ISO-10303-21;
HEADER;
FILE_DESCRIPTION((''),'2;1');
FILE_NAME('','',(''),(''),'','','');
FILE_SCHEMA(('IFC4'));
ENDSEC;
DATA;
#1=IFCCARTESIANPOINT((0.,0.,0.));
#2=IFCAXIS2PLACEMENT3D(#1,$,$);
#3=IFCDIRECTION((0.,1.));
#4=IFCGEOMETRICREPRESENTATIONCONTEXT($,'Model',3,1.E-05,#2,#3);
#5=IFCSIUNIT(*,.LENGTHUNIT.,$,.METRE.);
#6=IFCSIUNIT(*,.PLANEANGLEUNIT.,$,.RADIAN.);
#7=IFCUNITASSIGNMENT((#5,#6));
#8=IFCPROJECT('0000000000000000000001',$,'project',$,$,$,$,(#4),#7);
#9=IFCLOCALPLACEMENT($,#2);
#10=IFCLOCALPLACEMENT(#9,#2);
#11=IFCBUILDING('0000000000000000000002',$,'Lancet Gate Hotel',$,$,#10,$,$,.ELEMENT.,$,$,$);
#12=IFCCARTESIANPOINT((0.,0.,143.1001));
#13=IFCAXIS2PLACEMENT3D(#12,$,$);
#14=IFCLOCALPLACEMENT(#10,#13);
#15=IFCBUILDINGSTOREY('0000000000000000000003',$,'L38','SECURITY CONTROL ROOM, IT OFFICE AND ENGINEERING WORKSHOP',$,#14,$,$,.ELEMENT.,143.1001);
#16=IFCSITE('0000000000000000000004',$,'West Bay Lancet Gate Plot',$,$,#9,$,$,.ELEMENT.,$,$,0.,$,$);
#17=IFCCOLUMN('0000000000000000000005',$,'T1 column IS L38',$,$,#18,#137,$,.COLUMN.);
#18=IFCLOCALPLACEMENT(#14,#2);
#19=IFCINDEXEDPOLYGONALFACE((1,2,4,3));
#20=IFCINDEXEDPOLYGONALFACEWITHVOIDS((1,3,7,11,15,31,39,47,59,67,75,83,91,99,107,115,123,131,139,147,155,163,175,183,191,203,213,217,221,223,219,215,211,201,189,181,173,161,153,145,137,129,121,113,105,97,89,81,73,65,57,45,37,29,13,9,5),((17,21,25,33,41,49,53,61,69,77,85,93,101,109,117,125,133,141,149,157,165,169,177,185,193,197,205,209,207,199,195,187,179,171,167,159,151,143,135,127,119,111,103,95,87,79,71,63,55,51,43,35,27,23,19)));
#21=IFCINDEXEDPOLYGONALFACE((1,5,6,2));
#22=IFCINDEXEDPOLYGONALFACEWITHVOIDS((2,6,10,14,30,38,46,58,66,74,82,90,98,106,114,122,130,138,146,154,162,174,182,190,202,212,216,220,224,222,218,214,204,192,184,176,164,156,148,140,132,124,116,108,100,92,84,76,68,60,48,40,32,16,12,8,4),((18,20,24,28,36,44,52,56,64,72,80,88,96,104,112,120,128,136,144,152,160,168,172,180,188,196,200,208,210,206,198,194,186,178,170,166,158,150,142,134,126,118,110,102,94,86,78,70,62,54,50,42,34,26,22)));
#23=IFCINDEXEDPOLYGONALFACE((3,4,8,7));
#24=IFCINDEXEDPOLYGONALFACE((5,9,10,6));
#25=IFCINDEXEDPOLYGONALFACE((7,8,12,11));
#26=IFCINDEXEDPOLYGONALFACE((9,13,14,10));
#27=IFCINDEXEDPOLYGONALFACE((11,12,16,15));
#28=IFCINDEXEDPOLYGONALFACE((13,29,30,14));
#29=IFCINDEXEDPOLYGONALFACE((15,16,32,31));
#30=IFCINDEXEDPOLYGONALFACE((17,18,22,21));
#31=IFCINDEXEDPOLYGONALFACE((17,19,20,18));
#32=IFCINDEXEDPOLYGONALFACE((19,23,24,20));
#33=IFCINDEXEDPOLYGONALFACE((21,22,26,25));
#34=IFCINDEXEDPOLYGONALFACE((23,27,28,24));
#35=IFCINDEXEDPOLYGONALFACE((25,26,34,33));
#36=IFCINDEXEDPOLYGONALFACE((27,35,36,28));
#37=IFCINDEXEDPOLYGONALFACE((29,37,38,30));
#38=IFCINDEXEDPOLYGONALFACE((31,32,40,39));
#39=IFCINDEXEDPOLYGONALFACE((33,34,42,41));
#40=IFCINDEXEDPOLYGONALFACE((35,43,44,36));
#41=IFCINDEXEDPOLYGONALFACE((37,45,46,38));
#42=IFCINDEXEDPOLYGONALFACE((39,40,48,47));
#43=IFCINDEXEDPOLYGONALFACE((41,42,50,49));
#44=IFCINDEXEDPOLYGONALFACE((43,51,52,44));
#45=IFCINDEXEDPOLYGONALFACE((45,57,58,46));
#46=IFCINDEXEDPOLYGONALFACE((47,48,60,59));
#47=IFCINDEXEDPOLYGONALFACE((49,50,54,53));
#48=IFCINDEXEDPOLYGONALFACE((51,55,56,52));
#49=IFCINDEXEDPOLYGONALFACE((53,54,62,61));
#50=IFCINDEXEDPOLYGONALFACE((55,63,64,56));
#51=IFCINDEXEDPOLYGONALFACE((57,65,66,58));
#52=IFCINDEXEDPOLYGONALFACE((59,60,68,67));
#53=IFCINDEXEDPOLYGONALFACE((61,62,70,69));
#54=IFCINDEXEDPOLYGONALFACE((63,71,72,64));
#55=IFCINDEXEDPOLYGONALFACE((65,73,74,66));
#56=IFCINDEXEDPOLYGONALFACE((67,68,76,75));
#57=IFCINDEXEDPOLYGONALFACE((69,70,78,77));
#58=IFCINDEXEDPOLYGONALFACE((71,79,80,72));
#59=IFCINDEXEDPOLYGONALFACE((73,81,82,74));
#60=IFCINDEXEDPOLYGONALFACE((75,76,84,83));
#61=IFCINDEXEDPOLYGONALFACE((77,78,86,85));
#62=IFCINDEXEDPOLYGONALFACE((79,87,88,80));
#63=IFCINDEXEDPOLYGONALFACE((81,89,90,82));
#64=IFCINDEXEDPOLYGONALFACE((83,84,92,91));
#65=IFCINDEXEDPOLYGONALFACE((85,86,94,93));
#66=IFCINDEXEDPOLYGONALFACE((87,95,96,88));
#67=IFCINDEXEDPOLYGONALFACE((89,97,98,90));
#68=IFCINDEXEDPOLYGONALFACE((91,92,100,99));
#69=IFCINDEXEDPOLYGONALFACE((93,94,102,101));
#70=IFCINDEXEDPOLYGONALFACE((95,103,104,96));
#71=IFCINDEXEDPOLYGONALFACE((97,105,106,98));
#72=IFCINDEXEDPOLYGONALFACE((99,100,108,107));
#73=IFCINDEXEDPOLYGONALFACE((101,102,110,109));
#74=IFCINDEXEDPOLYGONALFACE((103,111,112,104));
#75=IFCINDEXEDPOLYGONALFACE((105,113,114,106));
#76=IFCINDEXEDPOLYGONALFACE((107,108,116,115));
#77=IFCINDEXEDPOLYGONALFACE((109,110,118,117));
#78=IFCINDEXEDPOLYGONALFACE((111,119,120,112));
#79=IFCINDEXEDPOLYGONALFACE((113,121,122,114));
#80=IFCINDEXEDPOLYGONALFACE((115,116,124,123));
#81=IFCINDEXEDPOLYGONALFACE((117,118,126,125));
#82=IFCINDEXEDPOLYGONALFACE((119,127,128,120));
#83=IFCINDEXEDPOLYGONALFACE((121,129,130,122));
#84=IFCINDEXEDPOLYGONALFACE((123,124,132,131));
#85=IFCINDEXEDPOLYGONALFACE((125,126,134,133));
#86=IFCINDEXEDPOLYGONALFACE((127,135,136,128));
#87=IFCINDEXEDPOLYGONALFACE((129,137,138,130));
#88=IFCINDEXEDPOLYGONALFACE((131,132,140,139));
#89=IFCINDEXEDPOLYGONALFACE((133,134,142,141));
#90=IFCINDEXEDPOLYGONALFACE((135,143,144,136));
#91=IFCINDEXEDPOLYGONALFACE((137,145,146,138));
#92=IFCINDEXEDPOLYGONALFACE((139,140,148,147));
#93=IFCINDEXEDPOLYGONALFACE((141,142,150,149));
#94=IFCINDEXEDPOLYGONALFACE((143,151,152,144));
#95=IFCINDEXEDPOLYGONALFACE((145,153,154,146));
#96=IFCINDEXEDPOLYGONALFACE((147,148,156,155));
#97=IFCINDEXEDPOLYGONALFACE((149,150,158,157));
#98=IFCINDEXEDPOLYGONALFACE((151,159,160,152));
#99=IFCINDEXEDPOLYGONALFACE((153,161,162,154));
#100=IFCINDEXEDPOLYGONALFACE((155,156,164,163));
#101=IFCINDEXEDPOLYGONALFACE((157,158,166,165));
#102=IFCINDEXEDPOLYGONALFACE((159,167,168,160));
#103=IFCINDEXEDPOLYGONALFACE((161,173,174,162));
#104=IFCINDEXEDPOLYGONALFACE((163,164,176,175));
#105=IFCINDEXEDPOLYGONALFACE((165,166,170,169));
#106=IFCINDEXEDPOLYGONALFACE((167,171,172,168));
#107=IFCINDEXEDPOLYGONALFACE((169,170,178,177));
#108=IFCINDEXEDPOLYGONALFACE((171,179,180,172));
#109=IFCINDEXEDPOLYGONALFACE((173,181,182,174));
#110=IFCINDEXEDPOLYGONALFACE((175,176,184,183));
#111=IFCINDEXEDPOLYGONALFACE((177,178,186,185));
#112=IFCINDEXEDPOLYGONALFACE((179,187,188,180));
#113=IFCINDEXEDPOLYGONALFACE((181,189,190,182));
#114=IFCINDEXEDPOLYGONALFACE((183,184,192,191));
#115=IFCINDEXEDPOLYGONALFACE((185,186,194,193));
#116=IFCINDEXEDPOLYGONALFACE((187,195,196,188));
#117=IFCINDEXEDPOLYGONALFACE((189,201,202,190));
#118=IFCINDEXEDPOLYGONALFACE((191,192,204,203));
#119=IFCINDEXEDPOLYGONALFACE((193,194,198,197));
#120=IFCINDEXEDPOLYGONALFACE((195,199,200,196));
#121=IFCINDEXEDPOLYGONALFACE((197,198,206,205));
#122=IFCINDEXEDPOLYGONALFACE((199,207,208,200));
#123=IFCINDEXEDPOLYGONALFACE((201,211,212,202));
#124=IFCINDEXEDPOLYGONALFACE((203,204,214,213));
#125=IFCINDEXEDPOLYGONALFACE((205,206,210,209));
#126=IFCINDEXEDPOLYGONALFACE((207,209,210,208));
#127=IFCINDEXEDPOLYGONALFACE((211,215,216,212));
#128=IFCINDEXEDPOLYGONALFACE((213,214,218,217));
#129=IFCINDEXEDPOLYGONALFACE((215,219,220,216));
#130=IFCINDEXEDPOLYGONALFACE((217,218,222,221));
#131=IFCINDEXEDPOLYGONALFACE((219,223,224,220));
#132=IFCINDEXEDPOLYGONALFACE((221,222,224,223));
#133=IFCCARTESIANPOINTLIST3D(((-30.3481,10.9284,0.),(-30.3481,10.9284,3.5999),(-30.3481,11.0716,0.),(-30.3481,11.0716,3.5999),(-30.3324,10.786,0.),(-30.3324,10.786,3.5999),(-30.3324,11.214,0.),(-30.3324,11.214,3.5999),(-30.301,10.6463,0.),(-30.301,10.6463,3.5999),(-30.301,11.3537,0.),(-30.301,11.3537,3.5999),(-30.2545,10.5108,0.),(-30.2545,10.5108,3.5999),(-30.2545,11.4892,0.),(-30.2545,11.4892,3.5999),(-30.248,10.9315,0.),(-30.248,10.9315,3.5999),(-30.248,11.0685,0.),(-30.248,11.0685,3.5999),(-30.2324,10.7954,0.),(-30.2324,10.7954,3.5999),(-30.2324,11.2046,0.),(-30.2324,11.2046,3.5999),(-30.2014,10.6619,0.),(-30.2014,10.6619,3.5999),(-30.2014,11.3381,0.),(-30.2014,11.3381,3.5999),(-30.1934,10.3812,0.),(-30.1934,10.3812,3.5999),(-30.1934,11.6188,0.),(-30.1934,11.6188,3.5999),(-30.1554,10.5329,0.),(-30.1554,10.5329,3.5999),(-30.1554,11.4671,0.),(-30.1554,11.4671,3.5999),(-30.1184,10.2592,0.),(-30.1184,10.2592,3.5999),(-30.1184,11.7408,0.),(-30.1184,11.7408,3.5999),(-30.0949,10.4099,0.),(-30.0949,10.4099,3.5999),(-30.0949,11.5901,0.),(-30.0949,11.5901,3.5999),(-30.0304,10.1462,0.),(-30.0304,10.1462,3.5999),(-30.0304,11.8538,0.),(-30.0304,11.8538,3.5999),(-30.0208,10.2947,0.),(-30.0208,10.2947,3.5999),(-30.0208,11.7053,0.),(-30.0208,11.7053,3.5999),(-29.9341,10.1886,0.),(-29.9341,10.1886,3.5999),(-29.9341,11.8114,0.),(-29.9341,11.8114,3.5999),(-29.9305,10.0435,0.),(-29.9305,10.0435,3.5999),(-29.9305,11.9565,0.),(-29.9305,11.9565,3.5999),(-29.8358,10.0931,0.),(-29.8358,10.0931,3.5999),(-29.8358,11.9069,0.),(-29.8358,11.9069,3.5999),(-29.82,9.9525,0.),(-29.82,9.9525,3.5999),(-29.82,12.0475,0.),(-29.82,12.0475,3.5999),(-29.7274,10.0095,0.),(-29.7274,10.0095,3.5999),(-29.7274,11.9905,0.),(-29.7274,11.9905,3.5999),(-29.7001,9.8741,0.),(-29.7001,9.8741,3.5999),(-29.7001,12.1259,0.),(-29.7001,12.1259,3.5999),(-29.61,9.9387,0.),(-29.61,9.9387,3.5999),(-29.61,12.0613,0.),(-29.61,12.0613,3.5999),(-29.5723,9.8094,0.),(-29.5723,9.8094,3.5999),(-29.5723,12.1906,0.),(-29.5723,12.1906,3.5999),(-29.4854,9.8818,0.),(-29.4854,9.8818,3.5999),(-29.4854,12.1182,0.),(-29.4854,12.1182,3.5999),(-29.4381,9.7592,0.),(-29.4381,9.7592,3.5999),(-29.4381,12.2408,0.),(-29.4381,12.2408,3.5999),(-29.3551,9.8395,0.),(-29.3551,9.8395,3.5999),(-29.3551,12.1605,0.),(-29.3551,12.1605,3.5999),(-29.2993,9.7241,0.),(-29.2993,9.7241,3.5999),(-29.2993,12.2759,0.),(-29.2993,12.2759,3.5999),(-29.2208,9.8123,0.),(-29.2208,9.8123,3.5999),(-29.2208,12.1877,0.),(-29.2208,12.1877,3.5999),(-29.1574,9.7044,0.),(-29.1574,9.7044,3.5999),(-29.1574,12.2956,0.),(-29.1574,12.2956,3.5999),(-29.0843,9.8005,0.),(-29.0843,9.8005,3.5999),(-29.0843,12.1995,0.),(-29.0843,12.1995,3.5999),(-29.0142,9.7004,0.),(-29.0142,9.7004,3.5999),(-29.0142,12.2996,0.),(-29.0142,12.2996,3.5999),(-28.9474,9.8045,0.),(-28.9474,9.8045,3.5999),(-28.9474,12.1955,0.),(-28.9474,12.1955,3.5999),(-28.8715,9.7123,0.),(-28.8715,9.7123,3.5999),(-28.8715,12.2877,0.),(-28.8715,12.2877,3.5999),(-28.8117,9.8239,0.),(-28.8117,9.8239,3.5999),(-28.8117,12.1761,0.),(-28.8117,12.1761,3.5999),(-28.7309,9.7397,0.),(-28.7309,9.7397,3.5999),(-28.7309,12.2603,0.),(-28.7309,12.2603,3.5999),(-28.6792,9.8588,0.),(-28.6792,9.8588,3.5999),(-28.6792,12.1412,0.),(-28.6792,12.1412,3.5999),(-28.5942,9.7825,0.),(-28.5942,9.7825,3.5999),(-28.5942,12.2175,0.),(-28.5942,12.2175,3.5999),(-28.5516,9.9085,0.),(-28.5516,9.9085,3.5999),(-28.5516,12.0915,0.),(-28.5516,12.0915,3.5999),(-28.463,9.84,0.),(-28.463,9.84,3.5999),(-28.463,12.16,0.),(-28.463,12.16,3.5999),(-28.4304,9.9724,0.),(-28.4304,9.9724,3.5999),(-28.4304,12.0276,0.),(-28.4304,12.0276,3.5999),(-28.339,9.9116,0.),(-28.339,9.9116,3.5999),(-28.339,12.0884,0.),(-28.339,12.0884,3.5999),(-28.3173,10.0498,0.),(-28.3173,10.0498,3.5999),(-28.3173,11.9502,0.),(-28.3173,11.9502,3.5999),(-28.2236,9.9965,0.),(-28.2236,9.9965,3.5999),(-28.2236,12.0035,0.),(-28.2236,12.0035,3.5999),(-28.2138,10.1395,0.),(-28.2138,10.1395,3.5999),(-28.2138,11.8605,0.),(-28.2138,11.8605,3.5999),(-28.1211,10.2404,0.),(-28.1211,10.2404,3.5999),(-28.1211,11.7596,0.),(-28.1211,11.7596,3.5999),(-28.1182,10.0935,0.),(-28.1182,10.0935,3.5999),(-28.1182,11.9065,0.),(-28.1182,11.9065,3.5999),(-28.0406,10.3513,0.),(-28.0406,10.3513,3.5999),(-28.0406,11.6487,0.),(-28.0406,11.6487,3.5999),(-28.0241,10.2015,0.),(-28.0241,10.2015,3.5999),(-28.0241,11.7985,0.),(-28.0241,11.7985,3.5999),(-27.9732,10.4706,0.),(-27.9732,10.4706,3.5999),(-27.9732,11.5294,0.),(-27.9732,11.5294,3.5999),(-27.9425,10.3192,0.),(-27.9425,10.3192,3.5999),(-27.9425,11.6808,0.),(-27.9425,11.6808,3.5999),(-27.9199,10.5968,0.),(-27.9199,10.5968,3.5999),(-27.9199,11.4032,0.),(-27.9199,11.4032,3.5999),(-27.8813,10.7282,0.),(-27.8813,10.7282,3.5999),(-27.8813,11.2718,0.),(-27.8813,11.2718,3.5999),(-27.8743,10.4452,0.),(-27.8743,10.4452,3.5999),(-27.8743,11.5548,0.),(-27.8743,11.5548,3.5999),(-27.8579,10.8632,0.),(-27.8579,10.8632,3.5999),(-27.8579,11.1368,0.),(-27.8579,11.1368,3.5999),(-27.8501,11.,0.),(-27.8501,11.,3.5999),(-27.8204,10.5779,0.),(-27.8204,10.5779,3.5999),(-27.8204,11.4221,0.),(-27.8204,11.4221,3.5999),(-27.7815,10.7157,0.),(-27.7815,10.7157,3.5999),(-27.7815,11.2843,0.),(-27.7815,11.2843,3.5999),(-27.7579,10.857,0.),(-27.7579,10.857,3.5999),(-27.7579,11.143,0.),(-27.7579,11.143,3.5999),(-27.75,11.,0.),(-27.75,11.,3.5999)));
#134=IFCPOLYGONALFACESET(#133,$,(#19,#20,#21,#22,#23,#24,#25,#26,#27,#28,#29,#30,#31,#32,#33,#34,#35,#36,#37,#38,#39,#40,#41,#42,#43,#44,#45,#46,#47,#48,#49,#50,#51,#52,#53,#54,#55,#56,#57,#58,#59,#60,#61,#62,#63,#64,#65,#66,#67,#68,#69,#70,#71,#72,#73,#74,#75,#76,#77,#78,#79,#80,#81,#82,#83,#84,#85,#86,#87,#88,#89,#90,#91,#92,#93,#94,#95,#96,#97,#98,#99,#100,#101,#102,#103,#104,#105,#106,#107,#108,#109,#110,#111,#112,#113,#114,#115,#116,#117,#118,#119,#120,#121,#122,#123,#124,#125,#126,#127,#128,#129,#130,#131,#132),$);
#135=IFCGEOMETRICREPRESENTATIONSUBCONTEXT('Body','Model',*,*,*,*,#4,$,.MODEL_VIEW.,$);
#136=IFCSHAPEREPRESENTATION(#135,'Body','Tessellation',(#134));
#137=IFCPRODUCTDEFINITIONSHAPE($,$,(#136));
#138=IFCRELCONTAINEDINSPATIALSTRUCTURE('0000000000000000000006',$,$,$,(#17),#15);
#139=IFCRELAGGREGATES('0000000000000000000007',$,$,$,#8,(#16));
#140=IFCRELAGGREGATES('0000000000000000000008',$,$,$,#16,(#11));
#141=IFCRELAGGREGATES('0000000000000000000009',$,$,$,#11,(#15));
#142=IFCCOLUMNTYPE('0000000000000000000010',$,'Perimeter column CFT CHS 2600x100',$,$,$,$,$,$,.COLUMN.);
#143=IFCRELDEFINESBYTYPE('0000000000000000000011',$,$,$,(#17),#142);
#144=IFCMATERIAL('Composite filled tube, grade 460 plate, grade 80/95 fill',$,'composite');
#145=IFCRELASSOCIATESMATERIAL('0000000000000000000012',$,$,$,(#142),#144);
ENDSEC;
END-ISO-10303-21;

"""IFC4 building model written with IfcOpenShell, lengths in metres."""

from ifc_helpers import new_model, si_unit, direction, frame, origin, origin_2d, place, context, subcontext, project, spatial, hollow_circle, extrude, material, material_profile, profile_set, type_object, element, save


model = new_model("IFC4")

# Units and contexts
model_context = context("Model", 3, precision=1e-05, world=origin(), true_north=direction((0.0, 1.0)))
body_context = subcontext(model_context, "Body", "Model", "MODEL_VIEW")
ifc_project = project(units=[si_unit("LENGTHUNIT", "METRE"), si_unit("PLANEANGLEUNIT", "RADIAN")], contexts=[model_context])

# Site, building, storey
site_placement = place(None, origin())
site = spatial("IfcSite", under=ifc_project, at=site_placement, Name="West Bay Lancet Gate Plot", CompositionType="ELEMENT", RefElevation=0.0)
building_placement = place(site_placement, origin())
building = spatial("IfcBuilding", under=site, at=building_placement, Name="Lancet Gate Hotel", CompositionType="ELEMENT")
storey_placement = place(building_placement, frame((0.0, 0.0, 143.1001)))
storey = spatial("IfcBuildingStorey", under=building, at=storey_placement, Name="L38", Description="SECURITY CONTROL ROOM, IT OFFICE AND ENGINEERING WORKSHOP", CompositionType="ELEMENT", Elevation=143.1001)

# Column
ifc_material_1 = material(Name="Composite filled tube, grade 460 plate, grade 80/95 fill", Category="composite")
ifc_material_profile_1 = material_profile(ifc_material_1, hollow_circle(Radius=1.3, WallThickness=0.1001, at=origin_2d()), Name="CHS 2600x100")
ifc_profile_set_1 = profile_set([ifc_material_profile_1], Name="Composite filled tube, grade 460 plate, grade 80/95 fill")
column_type = type_object("IfcColumnType", Name="Perimeter column CFT CHS 2600x100", PredefinedType="COLUMN", material=ifc_profile_set_1)
for number, where, z_axis, x_axis, name in (
    (1, (-29.05, 11.0, 0.0), (0.0, 0.0, 1.0), (1.0, 0.0, 0.0), "T1 column IS L38"),
):
    element("IfcColumn", number, at=place(storey_placement, frame(where, z_axis=z_axis, x_axis=x_axis)), inside=storey, type_object=column_type, Name=name, PredefinedType="COLUMN", context=body_context, shape_type="SweptSolid", body=[
        extrude(hollow_circle(Radius=1.3, WallThickness=0.1001, at=origin_2d()), origin(), (0.0, 0.0, 1.0), 3.5999),
    ])

save(model, "model.ifc")
